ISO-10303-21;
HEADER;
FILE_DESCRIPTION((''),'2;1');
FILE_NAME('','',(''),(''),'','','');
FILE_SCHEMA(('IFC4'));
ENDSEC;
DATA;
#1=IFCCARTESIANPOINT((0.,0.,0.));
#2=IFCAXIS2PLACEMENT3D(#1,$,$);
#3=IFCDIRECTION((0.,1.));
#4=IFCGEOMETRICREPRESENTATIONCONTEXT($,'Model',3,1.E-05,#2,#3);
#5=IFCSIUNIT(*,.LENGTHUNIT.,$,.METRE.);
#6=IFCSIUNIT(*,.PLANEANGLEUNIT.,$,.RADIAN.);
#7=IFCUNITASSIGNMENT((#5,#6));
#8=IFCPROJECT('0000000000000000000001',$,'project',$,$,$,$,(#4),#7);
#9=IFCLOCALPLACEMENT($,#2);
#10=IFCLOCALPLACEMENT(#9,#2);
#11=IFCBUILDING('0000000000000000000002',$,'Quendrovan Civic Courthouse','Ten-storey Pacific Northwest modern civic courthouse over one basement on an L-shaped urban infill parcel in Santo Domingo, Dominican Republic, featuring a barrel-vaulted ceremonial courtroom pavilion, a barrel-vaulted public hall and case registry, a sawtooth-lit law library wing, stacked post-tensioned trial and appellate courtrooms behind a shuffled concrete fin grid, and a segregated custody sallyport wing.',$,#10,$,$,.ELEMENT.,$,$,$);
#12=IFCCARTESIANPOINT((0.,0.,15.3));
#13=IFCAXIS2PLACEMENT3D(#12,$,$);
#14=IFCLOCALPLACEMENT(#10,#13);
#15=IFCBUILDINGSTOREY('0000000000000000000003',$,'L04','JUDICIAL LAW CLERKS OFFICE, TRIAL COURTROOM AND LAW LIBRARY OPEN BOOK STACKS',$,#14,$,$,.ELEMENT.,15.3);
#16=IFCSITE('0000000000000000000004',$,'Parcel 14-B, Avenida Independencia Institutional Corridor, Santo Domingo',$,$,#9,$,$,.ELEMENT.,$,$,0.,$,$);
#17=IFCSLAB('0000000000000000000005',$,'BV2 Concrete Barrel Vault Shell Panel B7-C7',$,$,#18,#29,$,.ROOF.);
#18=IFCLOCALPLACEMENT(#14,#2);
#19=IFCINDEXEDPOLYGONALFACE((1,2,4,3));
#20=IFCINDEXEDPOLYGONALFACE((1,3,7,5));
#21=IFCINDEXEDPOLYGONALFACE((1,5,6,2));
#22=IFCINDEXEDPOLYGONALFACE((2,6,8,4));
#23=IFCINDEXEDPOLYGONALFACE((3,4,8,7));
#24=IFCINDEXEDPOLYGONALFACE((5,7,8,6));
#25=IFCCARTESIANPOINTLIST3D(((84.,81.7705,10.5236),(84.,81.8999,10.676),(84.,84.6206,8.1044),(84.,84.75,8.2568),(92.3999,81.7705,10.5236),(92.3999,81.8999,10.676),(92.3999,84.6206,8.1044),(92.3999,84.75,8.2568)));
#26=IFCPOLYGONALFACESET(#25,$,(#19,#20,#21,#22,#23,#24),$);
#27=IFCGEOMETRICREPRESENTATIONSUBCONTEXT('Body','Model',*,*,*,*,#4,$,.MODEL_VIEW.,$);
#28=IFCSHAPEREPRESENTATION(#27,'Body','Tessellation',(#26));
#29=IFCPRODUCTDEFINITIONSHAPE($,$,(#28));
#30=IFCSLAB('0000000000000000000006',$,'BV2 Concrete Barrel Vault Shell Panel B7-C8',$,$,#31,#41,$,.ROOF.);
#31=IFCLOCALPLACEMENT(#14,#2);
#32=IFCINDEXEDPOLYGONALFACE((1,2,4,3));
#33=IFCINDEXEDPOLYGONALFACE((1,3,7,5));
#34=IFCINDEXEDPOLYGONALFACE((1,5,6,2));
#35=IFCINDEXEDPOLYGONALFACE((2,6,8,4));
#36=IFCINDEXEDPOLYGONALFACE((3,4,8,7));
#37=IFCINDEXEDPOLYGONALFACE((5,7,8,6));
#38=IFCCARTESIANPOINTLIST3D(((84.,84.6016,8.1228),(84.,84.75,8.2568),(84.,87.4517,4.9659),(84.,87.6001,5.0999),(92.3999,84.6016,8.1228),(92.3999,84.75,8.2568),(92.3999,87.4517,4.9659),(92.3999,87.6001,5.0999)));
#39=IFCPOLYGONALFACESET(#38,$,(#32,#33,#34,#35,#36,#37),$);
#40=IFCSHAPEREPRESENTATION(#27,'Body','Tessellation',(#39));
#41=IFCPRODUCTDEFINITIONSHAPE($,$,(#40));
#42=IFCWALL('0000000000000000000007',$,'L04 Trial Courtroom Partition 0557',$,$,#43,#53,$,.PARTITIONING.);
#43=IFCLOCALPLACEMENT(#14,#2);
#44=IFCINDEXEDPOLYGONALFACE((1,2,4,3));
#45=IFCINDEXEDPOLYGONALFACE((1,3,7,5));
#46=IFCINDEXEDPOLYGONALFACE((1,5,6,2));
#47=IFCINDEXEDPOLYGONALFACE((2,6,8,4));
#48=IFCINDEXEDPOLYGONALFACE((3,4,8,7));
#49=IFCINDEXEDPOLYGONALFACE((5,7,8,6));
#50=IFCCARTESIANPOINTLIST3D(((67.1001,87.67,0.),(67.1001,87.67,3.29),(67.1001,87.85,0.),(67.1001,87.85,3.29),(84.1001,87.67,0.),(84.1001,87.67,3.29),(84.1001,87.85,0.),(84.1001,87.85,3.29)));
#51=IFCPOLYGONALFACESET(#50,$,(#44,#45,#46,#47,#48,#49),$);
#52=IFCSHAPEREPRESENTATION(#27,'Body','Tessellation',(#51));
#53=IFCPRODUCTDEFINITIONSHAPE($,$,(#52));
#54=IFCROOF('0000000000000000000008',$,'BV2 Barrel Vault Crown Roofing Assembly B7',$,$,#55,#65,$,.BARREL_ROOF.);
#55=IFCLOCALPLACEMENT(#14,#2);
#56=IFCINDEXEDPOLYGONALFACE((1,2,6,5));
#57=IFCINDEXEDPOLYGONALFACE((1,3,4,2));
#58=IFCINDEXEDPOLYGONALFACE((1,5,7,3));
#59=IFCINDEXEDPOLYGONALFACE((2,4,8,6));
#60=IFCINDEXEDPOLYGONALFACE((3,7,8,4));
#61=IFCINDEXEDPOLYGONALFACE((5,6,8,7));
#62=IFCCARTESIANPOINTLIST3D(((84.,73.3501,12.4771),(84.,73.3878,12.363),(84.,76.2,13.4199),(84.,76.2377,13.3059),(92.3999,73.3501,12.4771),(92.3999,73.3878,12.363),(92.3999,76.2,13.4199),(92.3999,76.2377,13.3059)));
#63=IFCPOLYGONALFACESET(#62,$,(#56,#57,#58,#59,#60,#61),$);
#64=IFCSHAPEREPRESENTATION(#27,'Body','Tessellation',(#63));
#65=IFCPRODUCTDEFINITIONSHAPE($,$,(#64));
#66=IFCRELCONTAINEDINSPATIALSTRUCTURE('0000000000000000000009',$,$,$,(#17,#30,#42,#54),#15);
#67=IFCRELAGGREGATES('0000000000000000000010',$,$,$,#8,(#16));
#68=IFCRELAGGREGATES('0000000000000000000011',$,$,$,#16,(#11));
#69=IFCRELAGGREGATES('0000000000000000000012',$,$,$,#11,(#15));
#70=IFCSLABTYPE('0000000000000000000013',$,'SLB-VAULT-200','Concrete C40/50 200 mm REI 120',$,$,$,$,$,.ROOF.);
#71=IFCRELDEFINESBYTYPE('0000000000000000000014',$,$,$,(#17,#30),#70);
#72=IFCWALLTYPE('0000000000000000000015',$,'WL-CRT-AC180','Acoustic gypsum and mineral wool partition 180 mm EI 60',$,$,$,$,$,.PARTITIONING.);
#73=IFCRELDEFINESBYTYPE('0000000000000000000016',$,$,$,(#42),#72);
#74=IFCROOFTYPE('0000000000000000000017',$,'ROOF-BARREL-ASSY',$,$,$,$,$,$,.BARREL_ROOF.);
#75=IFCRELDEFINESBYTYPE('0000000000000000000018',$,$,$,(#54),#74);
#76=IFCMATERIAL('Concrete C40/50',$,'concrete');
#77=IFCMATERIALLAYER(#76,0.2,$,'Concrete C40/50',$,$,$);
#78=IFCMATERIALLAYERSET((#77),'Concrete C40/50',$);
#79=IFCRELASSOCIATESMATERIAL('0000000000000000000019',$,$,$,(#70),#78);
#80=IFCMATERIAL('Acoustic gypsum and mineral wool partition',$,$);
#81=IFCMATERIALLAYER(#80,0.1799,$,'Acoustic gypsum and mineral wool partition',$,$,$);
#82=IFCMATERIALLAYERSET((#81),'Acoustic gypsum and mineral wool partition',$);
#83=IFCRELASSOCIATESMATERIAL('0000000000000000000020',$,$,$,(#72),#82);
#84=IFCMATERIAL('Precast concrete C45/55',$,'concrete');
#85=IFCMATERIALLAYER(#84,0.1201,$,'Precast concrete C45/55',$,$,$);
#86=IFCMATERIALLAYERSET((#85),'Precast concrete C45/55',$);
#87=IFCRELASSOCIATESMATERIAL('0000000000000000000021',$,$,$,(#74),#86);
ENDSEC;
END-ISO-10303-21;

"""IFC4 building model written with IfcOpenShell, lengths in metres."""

from ifc_helpers import new_model, si_unit, direction, frame, frame_2d, origin, place, context, subcontext, project, spatial, polyline, rectangle, outline, extrude, material, layer, layer_set, type_object, element, save


model = new_model("IFC4")

# Units and contexts
model_context = context("Model", 3, precision=1e-05, world=origin(), true_north=direction((0.0, 1.0)))
body_context = subcontext(model_context, "Body", "Model", "MODEL_VIEW")
ifc_project = project(units=[si_unit("LENGTHUNIT", "METRE"), si_unit("PLANEANGLEUNIT", "RADIAN")], contexts=[model_context])

# Site, building, storey
site_placement = place(None, origin())
site = spatial("IfcSite", under=ifc_project, at=site_placement, Name="Parcel 14-B, Avenida Independencia Institutional Corridor, Santo Domingo", CompositionType="ELEMENT", RefElevation=0.0)
building_placement = place(site_placement, origin())
building = spatial("IfcBuilding", under=site, at=building_placement, Name="Quendrovan Civic Courthouse", Description="Ten-storey Pacific Northwest modern civic courthouse over one basement on an L-shaped urban infill parcel in Santo Domingo, Dominican Republic, featuring a barrel-vaulted ceremonial courtroom pavilion, a barrel-vaulted public hall and case registry, a sawtooth-lit law library wing, stacked post-tensioned trial and appellate courtrooms behind a shuffled concrete fin grid, and a segregated custody sallyport wing.", CompositionType="ELEMENT")
storey_placement = place(building_placement, frame((0.0, 0.0, 15.3)))
storey = spatial("IfcBuildingStorey", under=building, at=storey_placement, Name="L04", Description="JUDICIAL LAW CLERKS OFFICE, TRIAL COURTROOM AND LAW LIBRARY OPEN BOOK STACKS", CompositionType="ELEMENT", Elevation=15.3)

# Shared definitions
ifc_material_1 = material(Name="Concrete C40/50", Category="concrete")

# Slabs
ifc_layer_1 = layer(ifc_material_1, 0.2, Name="Concrete C40/50")
ifc_layer_set_1 = layer_set([ifc_layer_1], Name="Concrete C40/50")
slab_type = type_object("IfcSlabType", Name="SLB-VAULT-200", Description="Concrete C40/50 200 mm REI 120", PredefinedType="ROOF", material=ifc_layer_set_1)
slab_1_placement = place(storey_placement, frame((84.0, 81.8999, 10.676), z_axis=(0.0, 0.647121, 0.762387), x_axis=(1.0, 0.0, 0.0)))
element("IfcSlab", 1, at=slab_1_placement, inside=storey, type_object=slab_type, Name="BV2 Concrete Barrel Vault Shell Panel B7-C7", PredefinedType="ROOF", context=body_context, shape_type="SweptSolid", body=[
    extrude(outline(polyline([(0.0, 0.0), (8.3999, 0.0), (8.3999, 3.7384), (0.0, 3.7384), (0.0, 0.0)])), origin(), (0.0, 0.0, -1.0), 0.2),
])
slab_2_placement = place(storey_placement, frame((84.0, 84.75, 8.2568), z_axis=(0.0, 0.742263, 0.670109), x_axis=(1.0, 0.0, 0.0)))
element("IfcSlab", 2, at=slab_2_placement, inside=storey, type_object=slab_type, Name="BV2 Concrete Barrel Vault Shell Panel B7-C8", PredefinedType="ROOF", context=body_context, shape_type="SweptSolid", body=[
    extrude(outline(polyline([(0.0, 0.0), (8.3999, 0.0), (8.3999, 4.2532), (0.0, 4.2532), (0.0, 0.0)])), origin(), (0.0, 0.0, -1.0), 0.2),
])

# Wall
ifc_material_2 = material(Name="Acoustic gypsum and mineral wool partition")
ifc_layer_2 = layer(ifc_material_2, 0.1799, Name="Acoustic gypsum and mineral wool partition")
ifc_layer_set_2 = layer_set([ifc_layer_2], Name="Acoustic gypsum and mineral wool partition")
wall_type = type_object("IfcWallType", Name="WL-CRT-AC180", Description="Acoustic gypsum and mineral wool partition 180 mm EI 60", PredefinedType="PARTITIONING", material=ifc_layer_set_2)
wall_placement = place(storey_placement, frame((84.1001, 87.76, 0.0), z_axis=(0.0, 0.0, 1.0), x_axis=(-1.0, 0.0, 0.0)))
element("IfcWall", 3, at=wall_placement, inside=storey, type_object=wall_type, Name="L04 Trial Courtroom Partition 0557", PredefinedType="PARTITIONING", context=body_context, shape_type="SweptSolid", body=[
    extrude(rectangle(XDim=17.0, YDim=0.1799, at=frame_2d((8.5, 0.0))), origin(), (0.0, 0.0, 1.0), 3.29),
])

# Roof
ifc_material_3 = material(Name="Precast concrete C45/55", Category="concrete")
ifc_layer_3 = layer(ifc_material_3, 0.1201, Name="Precast concrete C45/55")
ifc_layer_set_3 = layer_set([ifc_layer_3], Name="Precast concrete C45/55")
roof_type = type_object("IfcRoofType", Name="ROOF-BARREL-ASSY", PredefinedType="BARREL_ROOF", material=ifc_layer_set_3)
roof_placement = place(storey_placement, frame((84.0, 73.3501, 12.4771), z_axis=(0.0, -0.314104, 0.949389), x_axis=(1.0, 0.0, 0.0)))
element("IfcRoof", 4, at=roof_placement, inside=storey, type_object=roof_type, Name="BV2 Barrel Vault Crown Roofing Assembly B7", PredefinedType="BARREL_ROOF", context=body_context, shape_type="SweptSolid", body=[
    extrude(outline(polyline([(0.0, 0.0), (8.3999, 0.0), (8.3999, 3.0018), (0.0, 3.0018), (0.0, 0.0)])), origin(), (0.0, 0.0, -1.0), 0.1201),
])

save(model, "model.ifc")
